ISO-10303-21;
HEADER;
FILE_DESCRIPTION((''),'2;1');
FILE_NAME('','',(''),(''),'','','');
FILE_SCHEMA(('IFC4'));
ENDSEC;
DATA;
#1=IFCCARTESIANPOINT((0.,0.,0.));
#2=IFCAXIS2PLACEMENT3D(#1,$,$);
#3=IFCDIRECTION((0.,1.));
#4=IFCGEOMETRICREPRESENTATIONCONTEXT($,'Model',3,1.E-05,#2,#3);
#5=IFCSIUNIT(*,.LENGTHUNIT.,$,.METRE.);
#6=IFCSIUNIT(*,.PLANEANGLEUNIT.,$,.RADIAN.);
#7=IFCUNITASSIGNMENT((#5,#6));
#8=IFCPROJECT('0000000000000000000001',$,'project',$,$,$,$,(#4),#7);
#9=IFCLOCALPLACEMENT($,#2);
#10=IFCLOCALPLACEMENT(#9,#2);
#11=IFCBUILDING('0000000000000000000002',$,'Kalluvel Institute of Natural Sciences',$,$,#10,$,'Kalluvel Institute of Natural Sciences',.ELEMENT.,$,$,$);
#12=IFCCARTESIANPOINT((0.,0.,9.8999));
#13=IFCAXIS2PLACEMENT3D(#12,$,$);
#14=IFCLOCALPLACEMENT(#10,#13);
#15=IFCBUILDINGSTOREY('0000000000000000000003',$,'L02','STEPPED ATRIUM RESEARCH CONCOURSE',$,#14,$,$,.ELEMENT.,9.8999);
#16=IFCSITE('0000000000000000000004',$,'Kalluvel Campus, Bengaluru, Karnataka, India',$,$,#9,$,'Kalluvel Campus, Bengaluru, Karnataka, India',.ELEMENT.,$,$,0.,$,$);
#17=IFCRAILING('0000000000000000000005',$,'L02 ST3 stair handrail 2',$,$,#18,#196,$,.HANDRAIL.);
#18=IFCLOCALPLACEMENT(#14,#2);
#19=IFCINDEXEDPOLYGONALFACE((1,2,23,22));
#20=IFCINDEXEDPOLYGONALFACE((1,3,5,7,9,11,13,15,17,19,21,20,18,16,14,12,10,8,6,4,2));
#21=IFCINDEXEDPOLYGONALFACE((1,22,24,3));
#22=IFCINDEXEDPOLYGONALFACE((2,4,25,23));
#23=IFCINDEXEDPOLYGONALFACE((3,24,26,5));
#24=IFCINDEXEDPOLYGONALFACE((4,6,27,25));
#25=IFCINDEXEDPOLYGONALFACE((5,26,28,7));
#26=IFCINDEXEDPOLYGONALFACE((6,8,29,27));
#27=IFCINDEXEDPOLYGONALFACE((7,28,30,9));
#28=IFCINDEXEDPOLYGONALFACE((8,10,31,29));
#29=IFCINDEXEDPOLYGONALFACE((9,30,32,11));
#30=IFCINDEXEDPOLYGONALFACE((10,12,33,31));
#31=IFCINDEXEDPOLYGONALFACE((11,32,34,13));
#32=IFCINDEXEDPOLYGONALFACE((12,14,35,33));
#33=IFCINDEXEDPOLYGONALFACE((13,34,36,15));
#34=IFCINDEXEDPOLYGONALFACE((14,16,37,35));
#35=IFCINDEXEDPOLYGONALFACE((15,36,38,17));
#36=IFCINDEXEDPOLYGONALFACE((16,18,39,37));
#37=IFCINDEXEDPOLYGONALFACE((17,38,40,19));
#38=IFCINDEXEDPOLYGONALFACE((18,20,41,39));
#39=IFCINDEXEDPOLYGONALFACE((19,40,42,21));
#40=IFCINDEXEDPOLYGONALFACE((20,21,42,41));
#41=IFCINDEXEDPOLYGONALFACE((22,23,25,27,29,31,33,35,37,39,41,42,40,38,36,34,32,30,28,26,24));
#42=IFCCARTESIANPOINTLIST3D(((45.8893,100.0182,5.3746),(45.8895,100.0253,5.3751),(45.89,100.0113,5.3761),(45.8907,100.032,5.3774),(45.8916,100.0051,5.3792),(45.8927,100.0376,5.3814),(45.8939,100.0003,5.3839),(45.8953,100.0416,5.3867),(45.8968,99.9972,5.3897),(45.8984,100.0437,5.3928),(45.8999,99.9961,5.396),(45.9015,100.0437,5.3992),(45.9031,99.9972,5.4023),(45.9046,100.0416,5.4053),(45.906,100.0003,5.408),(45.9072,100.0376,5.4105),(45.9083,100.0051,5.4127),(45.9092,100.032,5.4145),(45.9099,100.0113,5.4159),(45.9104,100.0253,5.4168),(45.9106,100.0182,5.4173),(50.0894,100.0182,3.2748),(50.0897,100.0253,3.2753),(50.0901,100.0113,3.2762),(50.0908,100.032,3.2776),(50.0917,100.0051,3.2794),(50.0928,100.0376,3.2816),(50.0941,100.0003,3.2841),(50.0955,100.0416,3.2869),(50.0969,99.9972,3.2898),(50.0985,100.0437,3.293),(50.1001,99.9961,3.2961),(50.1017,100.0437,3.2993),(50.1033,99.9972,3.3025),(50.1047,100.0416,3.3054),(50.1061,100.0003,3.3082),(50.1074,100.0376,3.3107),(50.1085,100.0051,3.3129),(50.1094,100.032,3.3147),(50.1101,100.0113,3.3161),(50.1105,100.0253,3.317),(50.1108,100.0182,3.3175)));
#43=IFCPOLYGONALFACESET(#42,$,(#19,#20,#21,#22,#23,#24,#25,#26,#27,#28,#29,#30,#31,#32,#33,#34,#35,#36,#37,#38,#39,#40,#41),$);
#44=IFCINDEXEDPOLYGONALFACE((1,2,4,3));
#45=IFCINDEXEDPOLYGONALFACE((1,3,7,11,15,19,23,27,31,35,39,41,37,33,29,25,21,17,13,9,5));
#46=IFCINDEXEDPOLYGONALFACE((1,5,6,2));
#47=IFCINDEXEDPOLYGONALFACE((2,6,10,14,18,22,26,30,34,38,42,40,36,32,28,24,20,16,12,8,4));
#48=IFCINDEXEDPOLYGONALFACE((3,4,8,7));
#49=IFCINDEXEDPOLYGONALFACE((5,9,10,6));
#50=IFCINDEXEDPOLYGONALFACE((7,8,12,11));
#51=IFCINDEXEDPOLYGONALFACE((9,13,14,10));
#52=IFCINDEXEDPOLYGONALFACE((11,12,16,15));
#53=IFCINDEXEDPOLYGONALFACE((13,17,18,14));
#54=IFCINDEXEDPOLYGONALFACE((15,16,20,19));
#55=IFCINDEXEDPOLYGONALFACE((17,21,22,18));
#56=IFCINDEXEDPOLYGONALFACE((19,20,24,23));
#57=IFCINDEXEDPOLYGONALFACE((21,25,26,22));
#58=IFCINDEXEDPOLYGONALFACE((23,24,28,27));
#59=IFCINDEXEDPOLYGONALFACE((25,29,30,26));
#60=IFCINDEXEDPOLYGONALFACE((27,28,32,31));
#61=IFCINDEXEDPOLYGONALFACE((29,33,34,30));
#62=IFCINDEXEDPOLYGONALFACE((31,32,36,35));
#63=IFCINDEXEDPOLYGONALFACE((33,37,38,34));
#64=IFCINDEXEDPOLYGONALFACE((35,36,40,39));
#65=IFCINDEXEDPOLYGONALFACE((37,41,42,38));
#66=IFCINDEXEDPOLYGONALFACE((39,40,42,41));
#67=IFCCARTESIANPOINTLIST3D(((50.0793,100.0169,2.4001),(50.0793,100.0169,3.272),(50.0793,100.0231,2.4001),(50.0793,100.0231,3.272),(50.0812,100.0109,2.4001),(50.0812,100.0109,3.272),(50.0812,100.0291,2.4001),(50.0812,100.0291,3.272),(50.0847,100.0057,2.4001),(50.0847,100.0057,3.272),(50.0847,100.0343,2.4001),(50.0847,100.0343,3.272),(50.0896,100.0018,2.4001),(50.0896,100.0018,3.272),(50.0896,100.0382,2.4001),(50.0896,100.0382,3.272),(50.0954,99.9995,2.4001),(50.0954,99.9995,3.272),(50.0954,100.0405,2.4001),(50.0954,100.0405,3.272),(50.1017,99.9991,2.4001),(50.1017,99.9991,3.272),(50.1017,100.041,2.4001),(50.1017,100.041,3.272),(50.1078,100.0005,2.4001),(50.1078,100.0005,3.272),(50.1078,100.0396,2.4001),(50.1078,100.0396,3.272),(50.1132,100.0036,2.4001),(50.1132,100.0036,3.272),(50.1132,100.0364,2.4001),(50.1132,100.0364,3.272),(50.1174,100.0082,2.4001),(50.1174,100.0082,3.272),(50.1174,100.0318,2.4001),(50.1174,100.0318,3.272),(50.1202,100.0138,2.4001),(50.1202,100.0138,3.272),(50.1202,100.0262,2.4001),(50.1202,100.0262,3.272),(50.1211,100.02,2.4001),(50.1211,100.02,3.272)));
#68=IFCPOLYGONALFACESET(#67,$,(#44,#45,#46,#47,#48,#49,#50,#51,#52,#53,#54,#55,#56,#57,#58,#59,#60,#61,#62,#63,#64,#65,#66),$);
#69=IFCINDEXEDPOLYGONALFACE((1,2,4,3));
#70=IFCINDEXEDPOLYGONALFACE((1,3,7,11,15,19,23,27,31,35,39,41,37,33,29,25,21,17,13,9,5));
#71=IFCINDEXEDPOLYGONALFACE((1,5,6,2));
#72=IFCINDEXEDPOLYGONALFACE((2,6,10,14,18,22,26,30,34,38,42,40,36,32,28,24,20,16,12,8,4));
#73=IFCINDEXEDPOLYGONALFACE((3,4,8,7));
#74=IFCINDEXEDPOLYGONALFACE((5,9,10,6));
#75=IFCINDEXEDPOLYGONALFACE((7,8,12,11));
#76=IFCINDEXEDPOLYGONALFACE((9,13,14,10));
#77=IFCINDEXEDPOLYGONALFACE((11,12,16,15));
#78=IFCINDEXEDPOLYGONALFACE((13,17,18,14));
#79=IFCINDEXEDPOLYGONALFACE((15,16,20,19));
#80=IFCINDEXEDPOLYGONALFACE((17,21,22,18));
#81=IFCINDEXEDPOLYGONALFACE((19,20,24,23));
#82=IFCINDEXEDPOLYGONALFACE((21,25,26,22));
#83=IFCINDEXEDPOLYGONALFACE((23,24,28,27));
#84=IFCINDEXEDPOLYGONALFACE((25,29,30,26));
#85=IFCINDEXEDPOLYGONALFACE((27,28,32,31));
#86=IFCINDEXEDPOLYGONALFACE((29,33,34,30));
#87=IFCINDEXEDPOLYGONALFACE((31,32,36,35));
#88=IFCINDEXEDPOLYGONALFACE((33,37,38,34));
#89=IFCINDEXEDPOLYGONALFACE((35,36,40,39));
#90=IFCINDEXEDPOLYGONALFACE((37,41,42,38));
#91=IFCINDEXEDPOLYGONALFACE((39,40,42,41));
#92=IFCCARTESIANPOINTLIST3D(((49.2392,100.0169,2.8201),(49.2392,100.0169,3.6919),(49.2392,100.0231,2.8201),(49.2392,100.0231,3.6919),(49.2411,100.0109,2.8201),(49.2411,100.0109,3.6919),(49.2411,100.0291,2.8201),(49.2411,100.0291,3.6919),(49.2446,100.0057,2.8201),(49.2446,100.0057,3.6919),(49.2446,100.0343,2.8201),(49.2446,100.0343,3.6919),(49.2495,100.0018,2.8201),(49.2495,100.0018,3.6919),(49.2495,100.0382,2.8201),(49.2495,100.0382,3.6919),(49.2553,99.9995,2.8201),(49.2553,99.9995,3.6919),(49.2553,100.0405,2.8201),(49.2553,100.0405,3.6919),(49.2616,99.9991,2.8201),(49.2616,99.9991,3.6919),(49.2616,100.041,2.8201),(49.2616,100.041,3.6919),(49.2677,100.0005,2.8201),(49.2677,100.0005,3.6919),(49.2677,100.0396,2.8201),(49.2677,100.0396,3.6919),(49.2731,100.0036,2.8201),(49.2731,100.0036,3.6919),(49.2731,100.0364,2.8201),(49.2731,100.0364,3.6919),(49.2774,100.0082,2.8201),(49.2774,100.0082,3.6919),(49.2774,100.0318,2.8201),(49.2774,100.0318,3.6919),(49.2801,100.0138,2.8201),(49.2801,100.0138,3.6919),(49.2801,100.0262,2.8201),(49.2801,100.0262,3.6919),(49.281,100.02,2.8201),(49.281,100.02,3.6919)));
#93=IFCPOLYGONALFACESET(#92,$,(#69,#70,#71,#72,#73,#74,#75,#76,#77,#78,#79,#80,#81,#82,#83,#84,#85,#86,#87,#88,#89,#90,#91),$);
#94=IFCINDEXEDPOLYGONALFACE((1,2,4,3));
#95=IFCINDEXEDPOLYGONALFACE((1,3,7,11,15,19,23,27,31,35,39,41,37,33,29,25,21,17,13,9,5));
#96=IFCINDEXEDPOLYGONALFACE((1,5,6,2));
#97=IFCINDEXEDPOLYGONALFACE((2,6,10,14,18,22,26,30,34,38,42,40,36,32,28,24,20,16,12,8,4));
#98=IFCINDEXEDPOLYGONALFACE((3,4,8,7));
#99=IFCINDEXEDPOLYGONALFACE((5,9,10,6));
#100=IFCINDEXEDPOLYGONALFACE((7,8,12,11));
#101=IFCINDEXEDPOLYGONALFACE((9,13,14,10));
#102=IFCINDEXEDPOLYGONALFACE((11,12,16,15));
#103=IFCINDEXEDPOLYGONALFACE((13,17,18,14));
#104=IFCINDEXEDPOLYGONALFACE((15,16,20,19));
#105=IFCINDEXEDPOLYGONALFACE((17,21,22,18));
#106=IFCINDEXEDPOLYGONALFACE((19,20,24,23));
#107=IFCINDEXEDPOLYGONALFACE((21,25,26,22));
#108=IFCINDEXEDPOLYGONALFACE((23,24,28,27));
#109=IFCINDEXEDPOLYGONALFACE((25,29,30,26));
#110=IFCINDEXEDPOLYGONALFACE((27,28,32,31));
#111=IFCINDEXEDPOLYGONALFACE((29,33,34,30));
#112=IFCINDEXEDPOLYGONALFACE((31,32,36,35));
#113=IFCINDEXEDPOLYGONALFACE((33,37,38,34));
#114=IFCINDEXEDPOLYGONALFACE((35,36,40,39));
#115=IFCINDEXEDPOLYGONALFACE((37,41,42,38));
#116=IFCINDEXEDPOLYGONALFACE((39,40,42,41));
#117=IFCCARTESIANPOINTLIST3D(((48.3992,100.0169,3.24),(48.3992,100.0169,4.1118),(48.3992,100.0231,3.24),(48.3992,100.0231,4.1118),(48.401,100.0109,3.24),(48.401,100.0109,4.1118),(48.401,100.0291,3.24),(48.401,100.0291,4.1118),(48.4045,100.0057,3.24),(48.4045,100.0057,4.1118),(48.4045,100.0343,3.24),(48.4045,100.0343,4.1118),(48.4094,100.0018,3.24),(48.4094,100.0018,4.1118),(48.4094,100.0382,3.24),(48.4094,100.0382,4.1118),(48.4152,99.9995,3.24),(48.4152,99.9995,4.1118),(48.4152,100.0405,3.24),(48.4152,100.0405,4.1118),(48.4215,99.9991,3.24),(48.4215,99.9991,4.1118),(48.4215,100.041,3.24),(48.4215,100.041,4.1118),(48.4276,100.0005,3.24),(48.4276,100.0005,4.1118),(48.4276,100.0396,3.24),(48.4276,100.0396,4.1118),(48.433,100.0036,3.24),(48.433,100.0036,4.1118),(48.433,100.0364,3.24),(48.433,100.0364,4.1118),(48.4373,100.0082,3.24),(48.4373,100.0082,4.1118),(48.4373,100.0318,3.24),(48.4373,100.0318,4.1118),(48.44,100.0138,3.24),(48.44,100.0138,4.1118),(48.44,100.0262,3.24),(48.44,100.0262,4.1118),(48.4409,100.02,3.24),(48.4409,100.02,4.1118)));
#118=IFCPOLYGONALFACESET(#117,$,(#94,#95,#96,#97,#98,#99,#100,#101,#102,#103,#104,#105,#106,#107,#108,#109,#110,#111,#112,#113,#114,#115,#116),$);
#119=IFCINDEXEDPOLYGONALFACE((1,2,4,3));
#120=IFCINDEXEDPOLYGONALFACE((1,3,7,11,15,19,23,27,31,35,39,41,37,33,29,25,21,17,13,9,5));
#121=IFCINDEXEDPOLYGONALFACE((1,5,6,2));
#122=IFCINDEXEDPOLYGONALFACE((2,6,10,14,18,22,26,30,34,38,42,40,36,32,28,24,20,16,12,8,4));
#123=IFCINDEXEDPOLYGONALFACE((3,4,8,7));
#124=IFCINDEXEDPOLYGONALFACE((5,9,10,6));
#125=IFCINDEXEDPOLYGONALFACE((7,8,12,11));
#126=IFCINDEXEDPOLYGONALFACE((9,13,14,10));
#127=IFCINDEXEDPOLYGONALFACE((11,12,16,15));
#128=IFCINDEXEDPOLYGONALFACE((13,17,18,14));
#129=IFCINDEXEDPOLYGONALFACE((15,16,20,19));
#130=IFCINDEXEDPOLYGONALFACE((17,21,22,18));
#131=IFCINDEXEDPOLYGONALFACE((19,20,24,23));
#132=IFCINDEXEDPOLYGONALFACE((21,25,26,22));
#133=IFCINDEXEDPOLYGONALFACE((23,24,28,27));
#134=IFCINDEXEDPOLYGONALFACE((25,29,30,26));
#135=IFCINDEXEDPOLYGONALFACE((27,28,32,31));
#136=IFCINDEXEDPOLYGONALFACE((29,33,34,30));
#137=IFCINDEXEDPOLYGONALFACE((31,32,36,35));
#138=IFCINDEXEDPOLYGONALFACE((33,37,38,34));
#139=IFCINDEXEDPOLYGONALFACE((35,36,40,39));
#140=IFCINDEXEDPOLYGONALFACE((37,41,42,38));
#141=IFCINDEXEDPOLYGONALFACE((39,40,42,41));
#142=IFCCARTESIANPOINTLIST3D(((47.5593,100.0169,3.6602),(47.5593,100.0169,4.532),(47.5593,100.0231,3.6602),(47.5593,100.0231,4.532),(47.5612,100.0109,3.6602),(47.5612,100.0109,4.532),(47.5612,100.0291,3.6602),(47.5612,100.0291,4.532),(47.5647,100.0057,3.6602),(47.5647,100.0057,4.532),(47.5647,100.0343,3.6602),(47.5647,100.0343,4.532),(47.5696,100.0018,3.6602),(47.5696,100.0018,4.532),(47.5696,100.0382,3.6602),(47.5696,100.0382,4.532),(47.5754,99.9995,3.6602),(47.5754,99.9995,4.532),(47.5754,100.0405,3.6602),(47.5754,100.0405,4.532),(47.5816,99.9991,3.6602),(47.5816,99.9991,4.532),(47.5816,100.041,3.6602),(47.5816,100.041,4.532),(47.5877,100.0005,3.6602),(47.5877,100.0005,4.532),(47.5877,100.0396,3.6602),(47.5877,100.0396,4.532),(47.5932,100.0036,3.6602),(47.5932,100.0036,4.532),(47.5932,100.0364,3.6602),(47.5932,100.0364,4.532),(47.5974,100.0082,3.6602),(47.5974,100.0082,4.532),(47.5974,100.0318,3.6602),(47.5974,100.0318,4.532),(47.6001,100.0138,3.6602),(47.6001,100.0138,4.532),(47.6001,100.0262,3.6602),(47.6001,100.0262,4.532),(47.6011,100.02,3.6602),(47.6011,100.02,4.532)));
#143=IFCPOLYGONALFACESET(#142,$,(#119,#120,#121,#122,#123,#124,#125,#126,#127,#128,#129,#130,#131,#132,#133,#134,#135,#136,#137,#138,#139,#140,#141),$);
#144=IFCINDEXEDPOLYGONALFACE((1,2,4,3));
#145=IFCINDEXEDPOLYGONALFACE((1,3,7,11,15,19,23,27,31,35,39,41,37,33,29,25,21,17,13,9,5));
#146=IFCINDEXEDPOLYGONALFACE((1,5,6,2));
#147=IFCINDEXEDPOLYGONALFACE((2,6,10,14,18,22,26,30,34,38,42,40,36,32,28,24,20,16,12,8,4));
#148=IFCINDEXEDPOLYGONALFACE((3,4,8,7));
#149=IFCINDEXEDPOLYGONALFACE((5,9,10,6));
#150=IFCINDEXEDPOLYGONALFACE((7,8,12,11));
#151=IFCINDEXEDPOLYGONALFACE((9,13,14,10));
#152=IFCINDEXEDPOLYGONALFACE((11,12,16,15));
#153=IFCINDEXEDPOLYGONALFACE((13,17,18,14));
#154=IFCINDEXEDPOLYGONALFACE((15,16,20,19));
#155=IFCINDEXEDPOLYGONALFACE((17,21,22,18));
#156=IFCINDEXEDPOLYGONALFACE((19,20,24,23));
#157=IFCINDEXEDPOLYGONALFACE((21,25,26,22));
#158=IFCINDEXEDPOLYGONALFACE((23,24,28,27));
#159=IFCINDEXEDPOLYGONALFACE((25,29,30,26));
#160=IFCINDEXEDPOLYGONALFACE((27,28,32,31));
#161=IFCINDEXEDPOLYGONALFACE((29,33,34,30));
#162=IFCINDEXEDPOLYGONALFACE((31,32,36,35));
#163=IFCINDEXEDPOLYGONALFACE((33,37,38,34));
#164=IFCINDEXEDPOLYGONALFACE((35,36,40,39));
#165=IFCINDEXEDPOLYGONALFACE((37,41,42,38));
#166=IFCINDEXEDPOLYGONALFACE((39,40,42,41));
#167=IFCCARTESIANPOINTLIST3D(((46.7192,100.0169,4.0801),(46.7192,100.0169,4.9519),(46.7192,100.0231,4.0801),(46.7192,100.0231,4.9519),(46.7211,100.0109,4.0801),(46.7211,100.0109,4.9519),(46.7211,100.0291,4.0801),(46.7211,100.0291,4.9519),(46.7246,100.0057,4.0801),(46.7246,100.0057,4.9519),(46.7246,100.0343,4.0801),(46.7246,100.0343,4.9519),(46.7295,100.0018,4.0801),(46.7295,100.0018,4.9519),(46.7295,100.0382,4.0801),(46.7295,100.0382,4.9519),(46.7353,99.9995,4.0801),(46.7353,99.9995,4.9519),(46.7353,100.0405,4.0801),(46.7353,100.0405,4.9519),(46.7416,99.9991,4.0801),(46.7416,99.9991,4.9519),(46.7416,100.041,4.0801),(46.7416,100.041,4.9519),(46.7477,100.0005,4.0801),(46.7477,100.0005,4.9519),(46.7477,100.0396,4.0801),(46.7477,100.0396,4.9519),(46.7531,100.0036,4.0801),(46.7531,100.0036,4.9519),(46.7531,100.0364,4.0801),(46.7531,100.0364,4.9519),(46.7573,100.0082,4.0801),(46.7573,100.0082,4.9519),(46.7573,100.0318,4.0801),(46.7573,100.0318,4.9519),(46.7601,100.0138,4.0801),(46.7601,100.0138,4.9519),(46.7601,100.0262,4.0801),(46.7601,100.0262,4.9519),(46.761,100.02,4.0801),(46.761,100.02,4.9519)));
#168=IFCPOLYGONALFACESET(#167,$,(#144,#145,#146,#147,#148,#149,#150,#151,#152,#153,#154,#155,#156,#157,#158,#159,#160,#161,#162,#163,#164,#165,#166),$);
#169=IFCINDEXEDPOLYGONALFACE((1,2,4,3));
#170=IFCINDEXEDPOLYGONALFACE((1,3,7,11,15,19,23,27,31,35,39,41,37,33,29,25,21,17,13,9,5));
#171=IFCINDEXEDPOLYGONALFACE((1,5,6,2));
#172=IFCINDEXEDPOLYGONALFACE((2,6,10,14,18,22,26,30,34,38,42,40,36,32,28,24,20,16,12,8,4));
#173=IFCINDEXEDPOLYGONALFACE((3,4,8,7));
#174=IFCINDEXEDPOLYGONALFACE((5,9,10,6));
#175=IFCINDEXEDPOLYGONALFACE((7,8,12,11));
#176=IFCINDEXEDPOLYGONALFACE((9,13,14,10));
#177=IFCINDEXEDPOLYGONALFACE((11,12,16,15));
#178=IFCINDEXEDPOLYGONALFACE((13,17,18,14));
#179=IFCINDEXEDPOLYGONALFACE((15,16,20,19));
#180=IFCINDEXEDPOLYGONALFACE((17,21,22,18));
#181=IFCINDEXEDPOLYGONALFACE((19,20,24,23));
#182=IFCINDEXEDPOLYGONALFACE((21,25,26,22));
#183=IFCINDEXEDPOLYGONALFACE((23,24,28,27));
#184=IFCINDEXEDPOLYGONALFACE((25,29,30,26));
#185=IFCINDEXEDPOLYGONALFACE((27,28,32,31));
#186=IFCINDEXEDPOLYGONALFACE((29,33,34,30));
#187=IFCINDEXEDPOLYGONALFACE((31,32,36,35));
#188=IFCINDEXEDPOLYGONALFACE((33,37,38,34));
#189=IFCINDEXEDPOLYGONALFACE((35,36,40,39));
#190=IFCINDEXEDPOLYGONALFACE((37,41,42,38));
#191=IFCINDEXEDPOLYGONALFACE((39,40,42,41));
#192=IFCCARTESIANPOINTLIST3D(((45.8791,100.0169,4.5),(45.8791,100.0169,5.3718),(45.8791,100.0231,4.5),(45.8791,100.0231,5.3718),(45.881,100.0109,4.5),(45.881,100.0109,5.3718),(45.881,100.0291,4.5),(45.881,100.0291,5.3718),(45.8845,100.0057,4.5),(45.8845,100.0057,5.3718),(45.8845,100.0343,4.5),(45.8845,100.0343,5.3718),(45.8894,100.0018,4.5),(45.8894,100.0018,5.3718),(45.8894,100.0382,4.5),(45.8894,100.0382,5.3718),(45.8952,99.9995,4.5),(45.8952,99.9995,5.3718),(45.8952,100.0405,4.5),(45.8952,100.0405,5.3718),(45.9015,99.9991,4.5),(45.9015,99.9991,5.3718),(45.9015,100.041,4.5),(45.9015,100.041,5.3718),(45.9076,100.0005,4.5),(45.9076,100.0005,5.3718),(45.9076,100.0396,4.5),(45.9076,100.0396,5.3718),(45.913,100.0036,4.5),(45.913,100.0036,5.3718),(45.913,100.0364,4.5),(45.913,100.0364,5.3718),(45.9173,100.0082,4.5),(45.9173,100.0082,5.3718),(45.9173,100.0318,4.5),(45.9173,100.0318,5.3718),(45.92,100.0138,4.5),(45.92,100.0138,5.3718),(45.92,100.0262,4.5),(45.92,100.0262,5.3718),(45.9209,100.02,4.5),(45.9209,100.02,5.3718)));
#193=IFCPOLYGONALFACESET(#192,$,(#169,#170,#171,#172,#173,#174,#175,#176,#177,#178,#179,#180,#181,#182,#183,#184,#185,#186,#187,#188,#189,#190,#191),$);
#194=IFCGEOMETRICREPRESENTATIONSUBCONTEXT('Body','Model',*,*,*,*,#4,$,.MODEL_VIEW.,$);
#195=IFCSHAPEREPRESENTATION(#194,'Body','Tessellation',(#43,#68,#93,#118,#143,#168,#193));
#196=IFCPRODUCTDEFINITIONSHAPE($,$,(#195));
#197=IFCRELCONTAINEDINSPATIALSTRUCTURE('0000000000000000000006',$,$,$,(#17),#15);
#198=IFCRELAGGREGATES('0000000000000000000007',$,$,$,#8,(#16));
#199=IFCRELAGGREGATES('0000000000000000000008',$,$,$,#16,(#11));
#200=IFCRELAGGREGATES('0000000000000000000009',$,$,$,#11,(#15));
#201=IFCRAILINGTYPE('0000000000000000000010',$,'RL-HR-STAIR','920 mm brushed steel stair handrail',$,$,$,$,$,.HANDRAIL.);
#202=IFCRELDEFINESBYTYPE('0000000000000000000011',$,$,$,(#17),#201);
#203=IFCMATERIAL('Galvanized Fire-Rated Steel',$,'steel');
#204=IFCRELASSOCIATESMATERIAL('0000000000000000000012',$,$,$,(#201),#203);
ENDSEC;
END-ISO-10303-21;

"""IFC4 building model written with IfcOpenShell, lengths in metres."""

from ifc_helpers import new_model, si_unit, direction, frame, origin, origin_2d, place, context, subcontext, project, spatial, circle, extrude, material, type_object, element, save


model = new_model("IFC4")

# Units and contexts
model_context = context("Model", 3, precision=1e-05, world=origin(), true_north=direction((0.0, 1.0)))
body_context = subcontext(model_context, "Body", "Model", "MODEL_VIEW")
ifc_project = project(units=[si_unit("LENGTHUNIT", "METRE"), si_unit("PLANEANGLEUNIT", "RADIAN")], contexts=[model_context])

# Site, building, storey
site_placement = place(None, origin())
site = spatial("IfcSite", under=ifc_project, at=site_placement, Name="Kalluvel Campus, Bengaluru, Karnataka, India", LongName="Kalluvel Campus, Bengaluru, Karnataka, India", CompositionType="ELEMENT", RefElevation=0.0)
building_placement = place(site_placement, origin())
building = spatial("IfcBuilding", under=site, at=building_placement, Name="Kalluvel Institute of Natural Sciences", LongName="Kalluvel Institute of Natural Sciences", CompositionType="ELEMENT")
storey_placement = place(building_placement, frame((0.0, 0.0, 9.8999)))
storey = spatial("IfcBuildingStorey", under=building, at=storey_placement, Name="L02", Description="STEPPED ATRIUM RESEARCH CONCOURSE", CompositionType="ELEMENT", Elevation=9.8999)

# Shared definitions
ifc_material_1 = material(Name="Galvanized Fire-Rated Steel", Category="steel")

# Railing
railing_type_1 = type_object("IfcRailingType", Name="RL-HR-STAIR", Description="920 mm brushed steel stair handrail", PredefinedType="HANDRAIL", material=ifc_material_1)
railing_1_placement = place(storey_placement, frame((50.1001, 100.02, 2.4001)))
element("IfcRailing", 1, at=railing_1_placement, inside=storey, type_object=railing_type_1, Name="L02 ST3 stair handrail 2", PredefinedType="HANDRAIL", context=body_context, shape_type="SweptSolid", body=[
    extrude(circle(Radius=0.0239, at=origin_2d()), frame((0.0, 0.0, 0.896), z_axis=(-0.894448, 0.0, 0.447172), x_axis=(0.0, -1.0, 0.0)), (0.0, 0.0, 1.0), 4.6958),
    extrude(circle(Radius=0.021, at=origin_2d()), origin(), (0.0, 0.0, 1.0), 0.8718),
    extrude(circle(Radius=0.021, at=origin_2d()), frame((-0.8401, 0.0, 0.4199)), (0.0, 0.0, 1.0), 0.8718),
    extrude(circle(Radius=0.021, at=origin_2d()), frame((-1.6802, 0.0, 0.8398)), (0.0, 0.0, 1.0), 0.8718),
    extrude(circle(Radius=0.021, at=origin_2d()), frame((-2.52, 0.0, 1.26)), (0.0, 0.0, 1.0), 0.8718),
    extrude(circle(Radius=0.021, at=origin_2d()), frame((-3.3601, 0.0, 1.6799)), (0.0, 0.0, 1.0), 0.8718),
    extrude(circle(Radius=0.021, at=origin_2d()), frame((-4.2002, 0.0, 2.0999)), (0.0, 0.0, 1.0), 0.8718),
])

save(model, "model.ifc")
